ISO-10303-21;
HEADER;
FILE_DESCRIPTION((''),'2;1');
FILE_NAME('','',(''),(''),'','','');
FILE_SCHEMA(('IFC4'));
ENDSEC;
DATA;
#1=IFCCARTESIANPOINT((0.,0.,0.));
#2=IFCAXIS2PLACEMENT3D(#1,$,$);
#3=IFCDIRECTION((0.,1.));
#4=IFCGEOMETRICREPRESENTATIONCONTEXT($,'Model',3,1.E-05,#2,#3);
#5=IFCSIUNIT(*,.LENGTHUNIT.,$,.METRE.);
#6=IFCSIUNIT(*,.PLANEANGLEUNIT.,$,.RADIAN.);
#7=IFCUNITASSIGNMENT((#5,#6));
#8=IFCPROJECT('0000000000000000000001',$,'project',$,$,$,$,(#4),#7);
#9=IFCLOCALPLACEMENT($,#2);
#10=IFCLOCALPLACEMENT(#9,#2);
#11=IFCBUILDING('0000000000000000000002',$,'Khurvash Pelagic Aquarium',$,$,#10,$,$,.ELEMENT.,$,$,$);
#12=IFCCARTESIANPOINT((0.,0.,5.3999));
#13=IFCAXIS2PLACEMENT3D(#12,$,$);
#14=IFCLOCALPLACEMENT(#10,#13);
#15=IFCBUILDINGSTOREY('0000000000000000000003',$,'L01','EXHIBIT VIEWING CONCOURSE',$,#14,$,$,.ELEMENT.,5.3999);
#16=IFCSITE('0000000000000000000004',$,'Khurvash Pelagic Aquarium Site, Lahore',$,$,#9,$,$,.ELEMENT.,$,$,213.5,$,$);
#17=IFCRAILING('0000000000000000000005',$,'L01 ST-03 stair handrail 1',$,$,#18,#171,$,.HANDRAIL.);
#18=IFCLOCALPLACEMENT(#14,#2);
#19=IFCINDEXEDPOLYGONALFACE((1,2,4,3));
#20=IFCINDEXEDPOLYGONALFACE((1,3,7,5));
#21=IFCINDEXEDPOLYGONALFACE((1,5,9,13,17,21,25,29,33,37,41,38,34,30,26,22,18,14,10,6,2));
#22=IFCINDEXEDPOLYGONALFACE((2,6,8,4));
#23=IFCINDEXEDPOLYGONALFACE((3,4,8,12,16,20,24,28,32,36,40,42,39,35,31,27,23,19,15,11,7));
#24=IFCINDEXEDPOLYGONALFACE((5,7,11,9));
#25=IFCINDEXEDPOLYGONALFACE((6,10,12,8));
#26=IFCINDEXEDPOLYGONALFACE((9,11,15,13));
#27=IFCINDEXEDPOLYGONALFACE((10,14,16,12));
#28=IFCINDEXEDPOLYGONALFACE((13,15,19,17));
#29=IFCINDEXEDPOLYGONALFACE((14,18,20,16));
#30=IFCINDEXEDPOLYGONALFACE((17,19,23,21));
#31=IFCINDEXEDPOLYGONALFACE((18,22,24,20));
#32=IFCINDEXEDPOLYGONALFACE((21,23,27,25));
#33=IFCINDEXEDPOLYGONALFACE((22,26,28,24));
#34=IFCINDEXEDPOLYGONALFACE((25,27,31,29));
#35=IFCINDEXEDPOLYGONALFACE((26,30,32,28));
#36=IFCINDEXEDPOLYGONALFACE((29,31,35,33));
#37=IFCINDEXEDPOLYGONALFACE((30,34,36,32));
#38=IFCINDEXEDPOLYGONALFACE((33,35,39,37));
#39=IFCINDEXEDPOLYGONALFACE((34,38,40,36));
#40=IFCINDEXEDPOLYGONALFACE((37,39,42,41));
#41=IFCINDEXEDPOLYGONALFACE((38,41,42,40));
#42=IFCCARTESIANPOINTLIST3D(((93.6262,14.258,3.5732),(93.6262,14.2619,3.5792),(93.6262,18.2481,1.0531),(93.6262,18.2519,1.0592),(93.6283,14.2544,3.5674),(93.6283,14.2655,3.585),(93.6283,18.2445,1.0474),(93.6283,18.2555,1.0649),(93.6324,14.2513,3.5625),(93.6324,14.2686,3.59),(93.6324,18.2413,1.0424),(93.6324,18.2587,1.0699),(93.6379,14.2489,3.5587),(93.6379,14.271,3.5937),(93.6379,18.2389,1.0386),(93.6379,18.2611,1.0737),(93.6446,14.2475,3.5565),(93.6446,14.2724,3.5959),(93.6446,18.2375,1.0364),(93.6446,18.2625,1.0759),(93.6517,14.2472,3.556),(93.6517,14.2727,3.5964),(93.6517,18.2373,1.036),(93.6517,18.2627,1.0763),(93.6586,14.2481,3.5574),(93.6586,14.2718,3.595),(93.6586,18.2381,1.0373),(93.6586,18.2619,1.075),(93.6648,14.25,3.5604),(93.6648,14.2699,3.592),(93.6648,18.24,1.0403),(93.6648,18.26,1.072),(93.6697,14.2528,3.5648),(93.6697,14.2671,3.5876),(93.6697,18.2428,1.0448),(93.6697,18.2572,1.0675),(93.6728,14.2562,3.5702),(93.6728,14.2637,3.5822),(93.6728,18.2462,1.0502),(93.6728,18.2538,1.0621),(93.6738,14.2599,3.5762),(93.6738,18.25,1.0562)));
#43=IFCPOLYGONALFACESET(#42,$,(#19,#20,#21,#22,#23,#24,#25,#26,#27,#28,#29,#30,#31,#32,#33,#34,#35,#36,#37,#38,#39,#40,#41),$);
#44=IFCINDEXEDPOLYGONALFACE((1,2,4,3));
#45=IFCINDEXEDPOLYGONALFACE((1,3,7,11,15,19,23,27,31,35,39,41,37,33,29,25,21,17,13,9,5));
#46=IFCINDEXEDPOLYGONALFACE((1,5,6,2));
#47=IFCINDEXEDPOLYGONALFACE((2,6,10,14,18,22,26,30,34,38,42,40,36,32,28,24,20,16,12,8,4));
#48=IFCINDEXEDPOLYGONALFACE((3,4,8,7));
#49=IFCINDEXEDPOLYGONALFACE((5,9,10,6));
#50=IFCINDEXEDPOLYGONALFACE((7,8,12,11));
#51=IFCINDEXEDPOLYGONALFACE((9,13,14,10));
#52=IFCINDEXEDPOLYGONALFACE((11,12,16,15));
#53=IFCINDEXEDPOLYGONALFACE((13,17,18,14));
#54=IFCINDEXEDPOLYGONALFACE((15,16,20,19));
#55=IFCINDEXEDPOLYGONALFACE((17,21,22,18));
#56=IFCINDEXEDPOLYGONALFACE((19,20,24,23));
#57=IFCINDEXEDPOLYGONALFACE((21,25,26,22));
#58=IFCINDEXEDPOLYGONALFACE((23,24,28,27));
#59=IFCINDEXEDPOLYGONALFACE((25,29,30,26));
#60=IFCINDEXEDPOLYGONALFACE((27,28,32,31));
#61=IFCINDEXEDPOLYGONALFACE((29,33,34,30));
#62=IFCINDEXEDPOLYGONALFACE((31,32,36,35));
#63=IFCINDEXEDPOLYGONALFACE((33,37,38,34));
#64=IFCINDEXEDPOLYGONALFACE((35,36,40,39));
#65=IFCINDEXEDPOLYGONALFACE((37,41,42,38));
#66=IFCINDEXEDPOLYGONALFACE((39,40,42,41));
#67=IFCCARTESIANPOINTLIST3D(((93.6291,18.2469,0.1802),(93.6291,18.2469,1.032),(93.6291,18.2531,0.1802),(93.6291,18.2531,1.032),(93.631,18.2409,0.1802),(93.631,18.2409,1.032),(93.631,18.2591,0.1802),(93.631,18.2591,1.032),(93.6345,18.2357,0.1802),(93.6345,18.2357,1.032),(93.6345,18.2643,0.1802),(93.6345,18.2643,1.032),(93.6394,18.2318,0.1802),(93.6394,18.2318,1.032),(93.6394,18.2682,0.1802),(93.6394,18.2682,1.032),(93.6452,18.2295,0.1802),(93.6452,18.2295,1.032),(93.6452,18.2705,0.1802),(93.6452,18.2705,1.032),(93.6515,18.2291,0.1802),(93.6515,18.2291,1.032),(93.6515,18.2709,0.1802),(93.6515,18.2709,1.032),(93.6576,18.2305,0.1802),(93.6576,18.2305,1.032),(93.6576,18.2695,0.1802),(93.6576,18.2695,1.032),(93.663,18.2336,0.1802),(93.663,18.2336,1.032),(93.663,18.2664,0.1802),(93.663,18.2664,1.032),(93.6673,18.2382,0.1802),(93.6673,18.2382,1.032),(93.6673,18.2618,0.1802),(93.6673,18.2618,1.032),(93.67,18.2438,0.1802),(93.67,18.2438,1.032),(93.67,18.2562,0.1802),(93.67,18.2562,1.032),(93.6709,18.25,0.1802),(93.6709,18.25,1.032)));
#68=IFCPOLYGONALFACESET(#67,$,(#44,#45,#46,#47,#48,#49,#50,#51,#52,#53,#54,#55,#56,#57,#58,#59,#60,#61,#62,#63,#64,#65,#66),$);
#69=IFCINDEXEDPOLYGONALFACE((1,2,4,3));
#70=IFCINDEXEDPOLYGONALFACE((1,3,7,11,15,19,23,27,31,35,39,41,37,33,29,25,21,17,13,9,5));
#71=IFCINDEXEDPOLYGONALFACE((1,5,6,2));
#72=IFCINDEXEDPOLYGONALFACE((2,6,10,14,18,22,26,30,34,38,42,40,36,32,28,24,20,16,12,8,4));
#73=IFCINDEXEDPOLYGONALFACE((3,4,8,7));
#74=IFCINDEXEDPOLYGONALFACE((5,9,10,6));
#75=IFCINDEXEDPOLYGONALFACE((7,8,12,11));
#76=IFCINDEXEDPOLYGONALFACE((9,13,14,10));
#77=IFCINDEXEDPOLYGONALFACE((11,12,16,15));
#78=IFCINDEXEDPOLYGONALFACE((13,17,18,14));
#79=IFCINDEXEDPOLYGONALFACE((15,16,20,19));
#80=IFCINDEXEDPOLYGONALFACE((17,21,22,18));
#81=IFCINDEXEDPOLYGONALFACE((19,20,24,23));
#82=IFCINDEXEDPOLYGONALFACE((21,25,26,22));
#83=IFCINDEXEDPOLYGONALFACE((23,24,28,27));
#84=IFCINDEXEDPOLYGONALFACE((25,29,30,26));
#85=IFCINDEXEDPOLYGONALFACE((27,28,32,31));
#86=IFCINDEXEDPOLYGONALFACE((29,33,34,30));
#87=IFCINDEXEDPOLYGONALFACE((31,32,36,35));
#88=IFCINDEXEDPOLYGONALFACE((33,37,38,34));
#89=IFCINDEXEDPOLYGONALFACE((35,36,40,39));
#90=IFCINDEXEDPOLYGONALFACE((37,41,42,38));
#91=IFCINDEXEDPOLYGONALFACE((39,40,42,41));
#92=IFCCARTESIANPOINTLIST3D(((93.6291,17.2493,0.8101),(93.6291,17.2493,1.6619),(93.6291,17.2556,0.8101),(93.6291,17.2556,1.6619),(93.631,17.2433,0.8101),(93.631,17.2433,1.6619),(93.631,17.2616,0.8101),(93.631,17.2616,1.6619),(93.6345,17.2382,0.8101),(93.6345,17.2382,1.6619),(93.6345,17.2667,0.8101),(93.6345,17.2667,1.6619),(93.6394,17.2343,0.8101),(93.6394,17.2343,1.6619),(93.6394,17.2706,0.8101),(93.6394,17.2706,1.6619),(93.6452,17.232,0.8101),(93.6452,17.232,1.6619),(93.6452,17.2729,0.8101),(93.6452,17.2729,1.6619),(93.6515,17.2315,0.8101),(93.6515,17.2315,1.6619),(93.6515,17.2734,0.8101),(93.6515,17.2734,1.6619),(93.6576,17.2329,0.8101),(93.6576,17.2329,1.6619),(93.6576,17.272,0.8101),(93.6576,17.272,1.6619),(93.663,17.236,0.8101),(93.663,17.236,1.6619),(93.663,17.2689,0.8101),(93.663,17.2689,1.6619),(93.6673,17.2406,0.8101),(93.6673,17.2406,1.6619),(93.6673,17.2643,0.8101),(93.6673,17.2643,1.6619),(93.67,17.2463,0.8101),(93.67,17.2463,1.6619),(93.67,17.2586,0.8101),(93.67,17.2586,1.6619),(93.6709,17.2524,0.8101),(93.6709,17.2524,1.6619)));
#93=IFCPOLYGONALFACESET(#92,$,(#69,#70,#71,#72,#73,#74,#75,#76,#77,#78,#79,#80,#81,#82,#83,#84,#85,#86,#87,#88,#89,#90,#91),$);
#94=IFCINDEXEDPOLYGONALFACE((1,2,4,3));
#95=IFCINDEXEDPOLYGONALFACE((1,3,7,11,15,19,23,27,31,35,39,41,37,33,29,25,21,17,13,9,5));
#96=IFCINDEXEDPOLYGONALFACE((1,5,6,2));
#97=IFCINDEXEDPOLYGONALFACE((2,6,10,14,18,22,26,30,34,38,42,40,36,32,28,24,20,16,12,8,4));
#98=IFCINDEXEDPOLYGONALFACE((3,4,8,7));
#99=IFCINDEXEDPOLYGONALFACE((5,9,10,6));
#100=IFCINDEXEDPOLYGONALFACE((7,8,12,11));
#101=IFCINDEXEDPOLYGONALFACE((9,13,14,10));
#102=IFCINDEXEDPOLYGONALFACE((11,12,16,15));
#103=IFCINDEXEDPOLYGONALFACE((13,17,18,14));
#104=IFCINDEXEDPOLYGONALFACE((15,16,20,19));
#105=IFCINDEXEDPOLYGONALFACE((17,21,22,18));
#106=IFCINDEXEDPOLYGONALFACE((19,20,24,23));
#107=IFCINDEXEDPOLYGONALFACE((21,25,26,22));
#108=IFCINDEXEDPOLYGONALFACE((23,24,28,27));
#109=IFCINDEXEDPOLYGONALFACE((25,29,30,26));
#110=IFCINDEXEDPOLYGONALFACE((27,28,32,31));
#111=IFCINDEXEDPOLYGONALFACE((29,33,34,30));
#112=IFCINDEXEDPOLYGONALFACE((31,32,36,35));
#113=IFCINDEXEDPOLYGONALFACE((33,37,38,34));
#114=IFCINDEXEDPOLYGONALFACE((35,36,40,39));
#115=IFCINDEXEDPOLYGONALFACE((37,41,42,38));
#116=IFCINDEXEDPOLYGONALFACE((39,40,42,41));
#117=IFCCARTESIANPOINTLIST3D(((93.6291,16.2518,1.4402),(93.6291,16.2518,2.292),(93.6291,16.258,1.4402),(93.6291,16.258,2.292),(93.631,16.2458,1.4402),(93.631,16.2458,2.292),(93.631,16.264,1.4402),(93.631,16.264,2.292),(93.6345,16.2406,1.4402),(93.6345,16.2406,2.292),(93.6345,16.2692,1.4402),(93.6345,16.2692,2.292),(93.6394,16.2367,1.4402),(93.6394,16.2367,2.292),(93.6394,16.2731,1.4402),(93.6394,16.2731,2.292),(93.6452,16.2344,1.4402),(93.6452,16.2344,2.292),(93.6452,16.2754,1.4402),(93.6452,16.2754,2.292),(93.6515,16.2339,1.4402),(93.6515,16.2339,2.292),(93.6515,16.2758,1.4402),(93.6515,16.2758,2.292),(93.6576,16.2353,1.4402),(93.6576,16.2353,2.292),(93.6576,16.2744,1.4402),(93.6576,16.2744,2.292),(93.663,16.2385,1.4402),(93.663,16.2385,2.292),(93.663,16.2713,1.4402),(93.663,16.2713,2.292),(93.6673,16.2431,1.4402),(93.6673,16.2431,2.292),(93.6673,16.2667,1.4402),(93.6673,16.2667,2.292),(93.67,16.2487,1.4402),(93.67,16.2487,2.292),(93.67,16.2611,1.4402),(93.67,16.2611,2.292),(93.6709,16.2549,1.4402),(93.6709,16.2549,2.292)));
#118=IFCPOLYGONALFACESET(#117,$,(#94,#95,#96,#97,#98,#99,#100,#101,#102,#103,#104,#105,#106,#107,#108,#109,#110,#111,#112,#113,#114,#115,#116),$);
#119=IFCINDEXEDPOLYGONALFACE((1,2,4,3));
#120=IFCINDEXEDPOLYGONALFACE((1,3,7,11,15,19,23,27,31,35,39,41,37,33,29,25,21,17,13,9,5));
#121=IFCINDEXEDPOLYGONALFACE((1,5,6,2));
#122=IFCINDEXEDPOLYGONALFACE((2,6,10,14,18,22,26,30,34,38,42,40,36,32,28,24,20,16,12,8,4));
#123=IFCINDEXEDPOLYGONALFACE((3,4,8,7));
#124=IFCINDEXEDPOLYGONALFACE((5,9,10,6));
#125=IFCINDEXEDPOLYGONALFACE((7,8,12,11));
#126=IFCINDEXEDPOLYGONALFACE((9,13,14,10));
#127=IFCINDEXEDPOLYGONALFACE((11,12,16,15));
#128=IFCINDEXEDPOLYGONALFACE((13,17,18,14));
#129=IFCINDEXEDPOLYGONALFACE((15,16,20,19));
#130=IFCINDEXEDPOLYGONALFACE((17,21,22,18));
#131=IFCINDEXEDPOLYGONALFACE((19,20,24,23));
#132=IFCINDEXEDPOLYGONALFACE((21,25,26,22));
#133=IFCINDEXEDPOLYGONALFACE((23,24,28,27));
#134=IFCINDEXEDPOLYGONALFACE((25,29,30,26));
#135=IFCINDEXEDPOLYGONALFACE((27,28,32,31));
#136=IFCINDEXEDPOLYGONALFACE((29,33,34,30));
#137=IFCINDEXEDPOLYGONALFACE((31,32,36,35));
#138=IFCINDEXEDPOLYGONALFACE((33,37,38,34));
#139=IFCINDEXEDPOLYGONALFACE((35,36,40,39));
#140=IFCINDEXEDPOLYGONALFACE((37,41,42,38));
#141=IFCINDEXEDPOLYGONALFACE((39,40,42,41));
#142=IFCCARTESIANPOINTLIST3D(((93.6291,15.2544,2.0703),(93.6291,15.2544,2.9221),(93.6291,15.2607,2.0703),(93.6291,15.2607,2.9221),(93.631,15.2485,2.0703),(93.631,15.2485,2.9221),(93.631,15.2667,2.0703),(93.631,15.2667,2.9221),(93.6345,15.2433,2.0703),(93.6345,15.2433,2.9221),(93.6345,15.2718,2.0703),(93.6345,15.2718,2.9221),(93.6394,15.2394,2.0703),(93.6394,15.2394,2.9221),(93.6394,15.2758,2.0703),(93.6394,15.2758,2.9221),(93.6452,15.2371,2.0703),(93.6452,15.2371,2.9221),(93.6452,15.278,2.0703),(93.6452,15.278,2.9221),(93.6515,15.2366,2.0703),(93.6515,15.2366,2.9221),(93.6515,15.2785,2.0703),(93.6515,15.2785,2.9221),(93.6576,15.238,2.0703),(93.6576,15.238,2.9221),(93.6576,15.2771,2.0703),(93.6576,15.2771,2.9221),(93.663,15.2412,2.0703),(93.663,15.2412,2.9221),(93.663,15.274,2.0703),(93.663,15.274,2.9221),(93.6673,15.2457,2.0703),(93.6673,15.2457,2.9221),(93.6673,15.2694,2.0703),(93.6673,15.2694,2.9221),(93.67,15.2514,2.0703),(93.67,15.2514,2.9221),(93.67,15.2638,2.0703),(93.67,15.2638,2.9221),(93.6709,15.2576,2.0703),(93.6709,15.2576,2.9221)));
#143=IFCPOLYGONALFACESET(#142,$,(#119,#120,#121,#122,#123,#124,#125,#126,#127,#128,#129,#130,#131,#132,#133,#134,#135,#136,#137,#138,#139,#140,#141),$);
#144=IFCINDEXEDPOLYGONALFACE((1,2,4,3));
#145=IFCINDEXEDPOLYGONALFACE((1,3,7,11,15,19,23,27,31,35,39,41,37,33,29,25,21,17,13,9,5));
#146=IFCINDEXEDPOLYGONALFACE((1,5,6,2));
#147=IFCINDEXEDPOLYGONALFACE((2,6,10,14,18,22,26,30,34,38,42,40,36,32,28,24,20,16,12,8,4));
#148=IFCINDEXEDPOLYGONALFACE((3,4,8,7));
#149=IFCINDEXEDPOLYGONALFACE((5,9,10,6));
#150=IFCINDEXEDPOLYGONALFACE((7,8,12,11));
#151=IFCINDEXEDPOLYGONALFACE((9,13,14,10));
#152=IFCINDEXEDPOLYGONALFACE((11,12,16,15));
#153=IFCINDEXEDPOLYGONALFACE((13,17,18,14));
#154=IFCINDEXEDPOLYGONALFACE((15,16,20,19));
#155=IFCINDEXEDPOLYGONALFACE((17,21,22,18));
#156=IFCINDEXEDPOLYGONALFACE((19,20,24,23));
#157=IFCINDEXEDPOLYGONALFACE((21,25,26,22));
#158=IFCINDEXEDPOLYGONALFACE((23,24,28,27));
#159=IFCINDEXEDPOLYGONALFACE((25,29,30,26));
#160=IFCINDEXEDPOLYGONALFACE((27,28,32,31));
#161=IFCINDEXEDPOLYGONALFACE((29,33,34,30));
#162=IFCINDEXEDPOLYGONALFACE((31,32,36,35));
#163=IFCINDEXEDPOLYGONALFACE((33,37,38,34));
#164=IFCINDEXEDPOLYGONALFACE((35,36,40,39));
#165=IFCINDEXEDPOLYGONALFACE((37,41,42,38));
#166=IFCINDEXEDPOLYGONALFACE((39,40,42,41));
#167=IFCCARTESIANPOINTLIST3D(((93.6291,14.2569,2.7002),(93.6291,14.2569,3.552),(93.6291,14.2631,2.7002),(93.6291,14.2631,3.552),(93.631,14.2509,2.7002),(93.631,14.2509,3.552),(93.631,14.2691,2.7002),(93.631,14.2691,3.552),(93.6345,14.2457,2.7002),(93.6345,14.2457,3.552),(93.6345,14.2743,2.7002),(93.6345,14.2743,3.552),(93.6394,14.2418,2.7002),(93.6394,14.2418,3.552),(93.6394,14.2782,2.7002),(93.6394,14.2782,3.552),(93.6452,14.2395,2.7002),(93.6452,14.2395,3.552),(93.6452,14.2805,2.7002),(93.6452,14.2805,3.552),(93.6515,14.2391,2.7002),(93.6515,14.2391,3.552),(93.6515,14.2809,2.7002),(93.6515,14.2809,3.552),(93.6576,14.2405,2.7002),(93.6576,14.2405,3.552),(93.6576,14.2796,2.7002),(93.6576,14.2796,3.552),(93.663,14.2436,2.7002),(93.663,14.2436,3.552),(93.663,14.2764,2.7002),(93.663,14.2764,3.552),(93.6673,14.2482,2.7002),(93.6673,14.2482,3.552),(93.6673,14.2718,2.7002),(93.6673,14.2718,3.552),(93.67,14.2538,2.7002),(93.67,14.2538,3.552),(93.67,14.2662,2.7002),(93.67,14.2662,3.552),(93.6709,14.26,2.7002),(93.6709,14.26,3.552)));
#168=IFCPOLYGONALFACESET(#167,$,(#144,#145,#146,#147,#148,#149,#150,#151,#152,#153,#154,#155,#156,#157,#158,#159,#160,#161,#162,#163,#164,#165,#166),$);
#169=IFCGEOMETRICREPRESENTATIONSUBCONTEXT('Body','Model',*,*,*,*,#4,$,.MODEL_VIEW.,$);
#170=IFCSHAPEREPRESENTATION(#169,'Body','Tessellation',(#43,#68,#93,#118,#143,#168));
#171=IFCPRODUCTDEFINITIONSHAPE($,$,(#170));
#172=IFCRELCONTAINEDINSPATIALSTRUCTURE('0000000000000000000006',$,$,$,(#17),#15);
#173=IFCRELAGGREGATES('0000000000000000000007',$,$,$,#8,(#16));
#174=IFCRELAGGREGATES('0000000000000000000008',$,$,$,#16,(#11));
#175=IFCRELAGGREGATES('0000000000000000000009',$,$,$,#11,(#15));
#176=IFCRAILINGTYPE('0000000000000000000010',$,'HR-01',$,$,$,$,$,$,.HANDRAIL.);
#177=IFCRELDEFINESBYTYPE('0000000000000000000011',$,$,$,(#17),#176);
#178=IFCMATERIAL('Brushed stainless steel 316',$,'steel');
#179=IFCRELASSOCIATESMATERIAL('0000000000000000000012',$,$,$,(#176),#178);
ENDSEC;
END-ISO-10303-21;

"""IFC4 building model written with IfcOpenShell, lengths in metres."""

from ifc_helpers import new_model, si_unit, direction, frame, origin, origin_2d, place, context, subcontext, project, spatial, circle, extrude, material, type_object, element, save


model = new_model("IFC4")

# Units and contexts
model_context = context("Model", 3, precision=1e-05, world=origin(), true_north=direction((0.0, 1.0)))
body_context = subcontext(model_context, "Body", "Model", "MODEL_VIEW")
ifc_project = project(units=[si_unit("LENGTHUNIT", "METRE"), si_unit("PLANEANGLEUNIT", "RADIAN")], contexts=[model_context])

# Site, building, storey
site_placement = place(None, origin())
site = spatial("IfcSite", under=ifc_project, at=site_placement, Name="Khurvash Pelagic Aquarium Site, Lahore", CompositionType="ELEMENT", RefElevation=213.5)
building_placement = place(site_placement, origin())
building = spatial("IfcBuilding", under=site, at=building_placement, Name="Khurvash Pelagic Aquarium", CompositionType="ELEMENT")
storey_placement = place(building_placement, frame((0.0, 0.0, 5.3999)))
storey = spatial("IfcBuildingStorey", under=building, at=storey_placement, Name="L01", Description="EXHIBIT VIEWING CONCOURSE", CompositionType="ELEMENT", Elevation=5.3999)

# Railing
ifc_material_1 = material(Name="Brushed stainless steel 316", Category="steel")
railing_type_1 = type_object("IfcRailingType", Name="HR-01", PredefinedType="HANDRAIL", material=ifc_material_1)
railing_1_placement = place(storey_placement, frame((93.6499, 18.25, 0.1802)))
element("IfcRailing", 1, at=railing_1_placement, inside=storey, type_object=railing_type_1, Name="L01 ST-03 stair handrail 1", PredefinedType="HANDRAIL", context=body_context, shape_type="SweptSolid", body=[
    extrude(circle(Radius=0.0239, at=origin_2d()), frame((0.0, 0.0, 0.876), z_axis=(0.0, -0.845486, 0.533997), x_axis=(1.0, 0.0, 0.0)), (0.0, 0.0, 1.0), 4.7192),
    extrude(circle(Radius=0.021, at=origin_2d()), origin(), (0.0, 0.0, 1.0), 0.8518),
    extrude(circle(Radius=0.021, at=origin_2d()), frame((0.0, -0.9976, 0.6299)), (0.0, 0.0, 1.0), 0.8518),
    extrude(circle(Radius=0.021, at=origin_2d()), frame((0.0, -1.9951, 1.26)), (0.0, 0.0, 1.0), 0.8518),
    extrude(circle(Radius=0.021, at=origin_2d()), frame((0.0, -2.9924, 1.8901)), (0.0, 0.0, 1.0), 0.8518),
    extrude(circle(Radius=0.021, at=origin_2d()), frame((0.0, -3.99, 2.52)), (0.0, 0.0, 1.0), 0.8518),
])

save(model, "model.ifc")
